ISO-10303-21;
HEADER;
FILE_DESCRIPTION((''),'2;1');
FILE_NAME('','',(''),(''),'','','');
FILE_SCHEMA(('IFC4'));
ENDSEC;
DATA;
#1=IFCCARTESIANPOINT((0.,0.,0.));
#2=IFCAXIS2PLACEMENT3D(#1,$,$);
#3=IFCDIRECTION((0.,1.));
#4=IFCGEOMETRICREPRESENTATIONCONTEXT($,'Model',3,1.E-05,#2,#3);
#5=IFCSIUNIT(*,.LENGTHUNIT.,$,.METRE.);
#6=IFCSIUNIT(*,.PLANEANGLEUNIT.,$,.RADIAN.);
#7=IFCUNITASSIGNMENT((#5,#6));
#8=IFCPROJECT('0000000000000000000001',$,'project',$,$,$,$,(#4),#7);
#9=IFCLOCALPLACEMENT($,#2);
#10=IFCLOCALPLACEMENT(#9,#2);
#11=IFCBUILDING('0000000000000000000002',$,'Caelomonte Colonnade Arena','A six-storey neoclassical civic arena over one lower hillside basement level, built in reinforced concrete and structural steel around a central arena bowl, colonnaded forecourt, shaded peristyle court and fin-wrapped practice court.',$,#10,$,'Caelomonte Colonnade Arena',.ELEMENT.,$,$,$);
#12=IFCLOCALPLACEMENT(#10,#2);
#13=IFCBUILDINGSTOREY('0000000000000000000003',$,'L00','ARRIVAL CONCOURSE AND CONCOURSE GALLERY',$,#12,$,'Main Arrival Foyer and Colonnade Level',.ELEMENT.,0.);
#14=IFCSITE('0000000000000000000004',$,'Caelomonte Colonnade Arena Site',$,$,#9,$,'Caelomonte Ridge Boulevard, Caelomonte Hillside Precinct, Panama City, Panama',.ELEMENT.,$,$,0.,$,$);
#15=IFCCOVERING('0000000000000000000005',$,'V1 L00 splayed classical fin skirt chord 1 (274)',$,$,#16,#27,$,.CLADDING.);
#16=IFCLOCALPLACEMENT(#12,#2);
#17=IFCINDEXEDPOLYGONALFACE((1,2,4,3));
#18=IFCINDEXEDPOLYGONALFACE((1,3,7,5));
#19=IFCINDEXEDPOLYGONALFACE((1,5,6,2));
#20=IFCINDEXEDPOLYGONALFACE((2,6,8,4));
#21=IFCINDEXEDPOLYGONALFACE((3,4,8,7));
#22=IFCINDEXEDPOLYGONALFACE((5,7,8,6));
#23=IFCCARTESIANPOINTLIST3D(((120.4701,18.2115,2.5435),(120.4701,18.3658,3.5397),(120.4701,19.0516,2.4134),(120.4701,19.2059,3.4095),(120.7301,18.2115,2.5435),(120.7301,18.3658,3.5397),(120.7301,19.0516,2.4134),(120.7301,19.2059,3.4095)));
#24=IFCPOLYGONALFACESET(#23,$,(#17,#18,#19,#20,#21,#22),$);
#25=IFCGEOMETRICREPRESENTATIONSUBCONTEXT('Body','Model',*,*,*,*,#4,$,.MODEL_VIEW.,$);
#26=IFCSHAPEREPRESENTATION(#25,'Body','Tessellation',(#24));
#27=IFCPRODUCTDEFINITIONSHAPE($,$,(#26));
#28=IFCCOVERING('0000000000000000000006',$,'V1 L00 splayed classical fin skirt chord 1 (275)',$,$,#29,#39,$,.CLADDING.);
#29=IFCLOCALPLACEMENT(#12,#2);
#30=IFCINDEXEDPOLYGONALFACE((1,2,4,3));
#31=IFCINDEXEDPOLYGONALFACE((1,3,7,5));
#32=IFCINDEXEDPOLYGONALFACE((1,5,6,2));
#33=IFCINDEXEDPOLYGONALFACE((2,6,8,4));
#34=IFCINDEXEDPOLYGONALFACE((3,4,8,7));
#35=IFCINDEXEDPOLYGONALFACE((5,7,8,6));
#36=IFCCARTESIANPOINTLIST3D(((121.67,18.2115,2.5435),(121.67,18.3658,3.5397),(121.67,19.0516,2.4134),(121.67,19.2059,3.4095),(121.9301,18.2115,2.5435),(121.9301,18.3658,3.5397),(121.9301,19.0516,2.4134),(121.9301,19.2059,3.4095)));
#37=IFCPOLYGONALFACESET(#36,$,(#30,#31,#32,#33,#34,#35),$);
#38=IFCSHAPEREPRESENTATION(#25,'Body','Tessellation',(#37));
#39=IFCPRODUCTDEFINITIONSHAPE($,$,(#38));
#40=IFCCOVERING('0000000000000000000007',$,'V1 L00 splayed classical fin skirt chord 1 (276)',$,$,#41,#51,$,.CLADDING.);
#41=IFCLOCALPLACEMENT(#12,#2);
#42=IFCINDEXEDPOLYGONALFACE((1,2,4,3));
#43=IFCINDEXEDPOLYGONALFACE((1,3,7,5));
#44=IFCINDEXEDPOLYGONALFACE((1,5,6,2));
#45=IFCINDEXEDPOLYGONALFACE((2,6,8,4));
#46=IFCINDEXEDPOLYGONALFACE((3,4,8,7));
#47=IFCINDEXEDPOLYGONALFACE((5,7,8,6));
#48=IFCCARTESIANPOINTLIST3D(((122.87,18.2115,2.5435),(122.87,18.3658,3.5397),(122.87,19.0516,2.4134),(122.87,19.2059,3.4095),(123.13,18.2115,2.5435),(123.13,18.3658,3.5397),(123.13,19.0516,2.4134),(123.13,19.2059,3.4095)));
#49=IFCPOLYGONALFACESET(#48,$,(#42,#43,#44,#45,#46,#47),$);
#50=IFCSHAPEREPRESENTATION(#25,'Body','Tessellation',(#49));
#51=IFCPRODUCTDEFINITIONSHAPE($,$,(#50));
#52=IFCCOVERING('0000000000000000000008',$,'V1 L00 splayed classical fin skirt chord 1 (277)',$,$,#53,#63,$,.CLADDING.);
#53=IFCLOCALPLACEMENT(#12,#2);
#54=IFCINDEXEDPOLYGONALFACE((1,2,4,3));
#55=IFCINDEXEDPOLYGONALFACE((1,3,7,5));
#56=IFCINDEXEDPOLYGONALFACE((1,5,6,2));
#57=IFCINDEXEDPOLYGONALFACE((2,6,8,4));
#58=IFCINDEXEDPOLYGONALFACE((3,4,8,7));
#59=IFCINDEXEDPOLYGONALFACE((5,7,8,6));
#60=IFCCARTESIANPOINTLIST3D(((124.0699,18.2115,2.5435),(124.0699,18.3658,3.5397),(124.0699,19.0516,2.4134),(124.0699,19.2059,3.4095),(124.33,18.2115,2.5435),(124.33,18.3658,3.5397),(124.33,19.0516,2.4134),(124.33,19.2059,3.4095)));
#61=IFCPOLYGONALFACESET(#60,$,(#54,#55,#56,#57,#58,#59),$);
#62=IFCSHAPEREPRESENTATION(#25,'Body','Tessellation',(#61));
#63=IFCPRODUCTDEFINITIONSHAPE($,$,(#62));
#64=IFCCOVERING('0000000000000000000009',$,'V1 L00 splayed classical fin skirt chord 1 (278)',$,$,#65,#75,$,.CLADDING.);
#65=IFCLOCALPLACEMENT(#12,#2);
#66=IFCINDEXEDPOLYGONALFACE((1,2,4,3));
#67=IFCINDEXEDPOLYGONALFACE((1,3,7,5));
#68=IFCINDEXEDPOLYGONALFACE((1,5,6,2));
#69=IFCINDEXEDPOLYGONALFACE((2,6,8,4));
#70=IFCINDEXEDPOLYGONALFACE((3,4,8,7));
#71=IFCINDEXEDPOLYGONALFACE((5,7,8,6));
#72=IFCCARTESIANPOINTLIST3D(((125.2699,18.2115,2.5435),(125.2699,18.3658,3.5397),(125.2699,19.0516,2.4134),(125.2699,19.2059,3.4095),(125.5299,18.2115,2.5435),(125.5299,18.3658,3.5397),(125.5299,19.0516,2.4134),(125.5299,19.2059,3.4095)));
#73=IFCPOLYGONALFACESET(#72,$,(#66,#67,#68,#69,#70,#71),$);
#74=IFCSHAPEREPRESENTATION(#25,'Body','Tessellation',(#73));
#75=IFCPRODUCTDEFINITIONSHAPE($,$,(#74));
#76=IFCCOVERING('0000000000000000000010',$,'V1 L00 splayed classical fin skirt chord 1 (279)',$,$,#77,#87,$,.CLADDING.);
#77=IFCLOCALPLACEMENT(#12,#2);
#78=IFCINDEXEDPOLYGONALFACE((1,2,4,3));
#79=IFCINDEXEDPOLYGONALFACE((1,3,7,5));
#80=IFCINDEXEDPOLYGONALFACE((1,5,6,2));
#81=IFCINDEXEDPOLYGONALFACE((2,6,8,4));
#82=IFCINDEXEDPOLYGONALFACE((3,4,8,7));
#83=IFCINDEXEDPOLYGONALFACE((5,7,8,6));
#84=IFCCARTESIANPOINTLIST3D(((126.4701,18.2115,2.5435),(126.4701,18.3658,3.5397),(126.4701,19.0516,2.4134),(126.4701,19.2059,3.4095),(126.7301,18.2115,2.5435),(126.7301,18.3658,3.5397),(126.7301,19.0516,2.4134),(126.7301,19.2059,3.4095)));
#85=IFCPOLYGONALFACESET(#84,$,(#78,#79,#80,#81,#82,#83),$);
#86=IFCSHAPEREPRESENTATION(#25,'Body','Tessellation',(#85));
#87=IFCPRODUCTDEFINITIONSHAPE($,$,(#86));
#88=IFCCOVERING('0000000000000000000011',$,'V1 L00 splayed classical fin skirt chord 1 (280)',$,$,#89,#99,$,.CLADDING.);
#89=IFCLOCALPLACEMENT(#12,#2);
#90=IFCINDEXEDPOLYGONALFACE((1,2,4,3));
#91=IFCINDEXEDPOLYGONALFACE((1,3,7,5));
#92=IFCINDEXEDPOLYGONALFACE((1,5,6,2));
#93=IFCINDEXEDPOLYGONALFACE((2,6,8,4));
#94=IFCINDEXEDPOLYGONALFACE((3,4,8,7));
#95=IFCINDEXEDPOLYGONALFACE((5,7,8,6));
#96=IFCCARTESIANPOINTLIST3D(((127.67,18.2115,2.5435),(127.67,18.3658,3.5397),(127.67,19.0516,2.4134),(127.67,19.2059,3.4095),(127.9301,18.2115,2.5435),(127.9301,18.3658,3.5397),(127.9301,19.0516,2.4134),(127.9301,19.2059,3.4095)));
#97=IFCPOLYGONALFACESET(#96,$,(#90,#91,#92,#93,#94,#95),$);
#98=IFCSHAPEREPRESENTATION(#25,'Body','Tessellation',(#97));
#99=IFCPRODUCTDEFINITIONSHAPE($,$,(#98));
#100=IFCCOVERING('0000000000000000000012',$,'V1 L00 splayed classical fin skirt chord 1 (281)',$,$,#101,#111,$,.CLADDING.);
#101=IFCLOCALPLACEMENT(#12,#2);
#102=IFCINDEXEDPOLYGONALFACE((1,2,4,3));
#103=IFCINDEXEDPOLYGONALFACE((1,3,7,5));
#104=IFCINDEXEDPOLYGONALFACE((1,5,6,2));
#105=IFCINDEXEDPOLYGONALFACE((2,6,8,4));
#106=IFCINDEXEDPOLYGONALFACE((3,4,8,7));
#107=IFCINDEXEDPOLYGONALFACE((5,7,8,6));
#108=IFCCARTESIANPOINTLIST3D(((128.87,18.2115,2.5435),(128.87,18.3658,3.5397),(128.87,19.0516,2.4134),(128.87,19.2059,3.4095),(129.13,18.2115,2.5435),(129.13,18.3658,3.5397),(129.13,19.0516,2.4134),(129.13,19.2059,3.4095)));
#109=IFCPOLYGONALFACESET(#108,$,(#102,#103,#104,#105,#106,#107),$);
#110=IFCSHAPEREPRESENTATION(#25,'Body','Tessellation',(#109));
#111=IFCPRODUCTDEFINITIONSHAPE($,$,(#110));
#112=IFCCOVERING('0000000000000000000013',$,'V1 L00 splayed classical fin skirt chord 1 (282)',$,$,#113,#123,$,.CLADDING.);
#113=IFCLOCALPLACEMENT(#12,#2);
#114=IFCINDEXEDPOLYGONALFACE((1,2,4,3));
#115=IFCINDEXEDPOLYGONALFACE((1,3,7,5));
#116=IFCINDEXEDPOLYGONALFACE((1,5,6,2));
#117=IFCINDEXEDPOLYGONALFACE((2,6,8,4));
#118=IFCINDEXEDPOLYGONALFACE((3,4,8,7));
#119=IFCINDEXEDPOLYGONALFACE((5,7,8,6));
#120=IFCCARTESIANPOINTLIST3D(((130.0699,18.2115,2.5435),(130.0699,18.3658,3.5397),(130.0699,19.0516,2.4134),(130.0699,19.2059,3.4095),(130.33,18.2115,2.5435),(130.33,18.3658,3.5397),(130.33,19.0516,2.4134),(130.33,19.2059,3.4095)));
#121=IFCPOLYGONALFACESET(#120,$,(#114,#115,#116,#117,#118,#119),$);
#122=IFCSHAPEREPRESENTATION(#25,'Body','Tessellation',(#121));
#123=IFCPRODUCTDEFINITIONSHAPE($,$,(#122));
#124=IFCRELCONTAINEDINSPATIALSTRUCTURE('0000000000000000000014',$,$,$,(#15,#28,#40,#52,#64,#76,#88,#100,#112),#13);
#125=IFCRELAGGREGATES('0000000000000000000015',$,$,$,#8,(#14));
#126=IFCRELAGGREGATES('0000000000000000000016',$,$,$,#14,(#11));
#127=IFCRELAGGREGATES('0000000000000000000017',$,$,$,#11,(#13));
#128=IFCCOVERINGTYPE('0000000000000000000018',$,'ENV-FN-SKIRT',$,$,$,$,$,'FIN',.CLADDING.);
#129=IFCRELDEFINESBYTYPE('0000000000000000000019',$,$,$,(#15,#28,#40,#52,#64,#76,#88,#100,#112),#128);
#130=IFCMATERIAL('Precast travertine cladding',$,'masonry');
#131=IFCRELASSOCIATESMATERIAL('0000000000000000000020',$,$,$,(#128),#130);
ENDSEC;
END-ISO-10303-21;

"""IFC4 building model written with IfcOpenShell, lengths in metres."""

from ifc_helpers import new_model, si_unit, direction, frame, origin, origin_2d, place, context, subcontext, project, spatial, rectangle, extrude, material, material_profile, profile_set, type_object, element, save


model = new_model("IFC4")

# Units and contexts
model_context = context("Model", 3, precision=1e-05, world=origin(), true_north=direction((0.0, 1.0)))
body_context = subcontext(model_context, "Body", "Model", "MODEL_VIEW")
ifc_project = project(units=[si_unit("LENGTHUNIT", "METRE"), si_unit("PLANEANGLEUNIT", "RADIAN")], contexts=[model_context])

# Site, building, storey
site_placement = place(None, origin())
site = spatial("IfcSite", under=ifc_project, at=site_placement, Name="Caelomonte Colonnade Arena Site", LongName="Caelomonte Ridge Boulevard, Caelomonte Hillside Precinct, Panama City, Panama", CompositionType="ELEMENT", RefElevation=0.0)
building_placement = place(site_placement, origin())
building = spatial("IfcBuilding", under=site, at=building_placement, Name="Caelomonte Colonnade Arena", Description="A six-storey neoclassical civic arena over one lower hillside basement level, built in reinforced concrete and structural steel around a central arena bowl, colonnaded forecourt, shaded peristyle court and fin-wrapped practice court.", LongName="Caelomonte Colonnade Arena", CompositionType="ELEMENT")
storey_placement = place(building_placement, origin())
storey = spatial("IfcBuildingStorey", under=building, at=storey_placement, Name="L00", Description="ARRIVAL CONCOURSE AND CONCOURSE GALLERY", LongName="Main Arrival Foyer and Colonnade Level", CompositionType="ELEMENT", Elevation=0.0)

# Coverings
ifc_material_1 = material(Name="Precast travertine cladding", Category="masonry")
ifc_material_profile_1 = material_profile(ifc_material_1, rectangle(XDim=0.26, YDim=0.8501, at=origin_2d()), Name="FIN260X850")
ifc_profile_set_1 = profile_set([ifc_material_profile_1], Name="Precast travertine cladding")
covering_type = type_object("IfcCoveringType", Name="ENV-FN-SKIRT", ElementType="FIN", PredefinedType="CLADDING", material=ifc_profile_set_1)
for number, where, z_axis, x_axis, name in (
    (1, (120.6001, 18.7859, 3.4746), (0.0, -0.153076, -0.988214), (-1.0, 0.0, 0.0), "V1 L00 splayed classical fin skirt chord 1 (274)"),
    (2, (121.8, 18.7859, 3.4746), (0.0, -0.153076, -0.988214), (-1.0, 0.0, 0.0), "V1 L00 splayed classical fin skirt chord 1 (275)"),
    (3, (123.0, 18.7859, 3.4746), (0.0, -0.153076, -0.988214), (-1.0, 0.0, 0.0), "V1 L00 splayed classical fin skirt chord 1 (276)"),
    (4, (124.2, 18.7859, 3.4746), (0.0, -0.153076, -0.988214), (-1.0, 0.0, 0.0), "V1 L00 splayed classical fin skirt chord 1 (277)"),
    (5, (125.3999, 18.7859, 3.4746), (0.0, -0.153076, -0.988214), (-1.0, 0.0, 0.0), "V1 L00 splayed classical fin skirt chord 1 (278)"),
    (6, (126.6001, 18.7859, 3.4746), (0.0, -0.153076, -0.988214), (-1.0, 0.0, 0.0), "V1 L00 splayed classical fin skirt chord 1 (279)"),
    (7, (127.8, 18.7859, 3.4746), (0.0, -0.153076, -0.988214), (-1.0, 0.0, 0.0), "V1 L00 splayed classical fin skirt chord 1 (280)"),
    (8, (129.0, 18.7859, 3.4746), (0.0, -0.153076, -0.988214), (-1.0, 0.0, 0.0), "V1 L00 splayed classical fin skirt chord 1 (281)"),
    (9, (130.2, 18.7859, 3.4746), (0.0, -0.153076, -0.988214), (-1.0, 0.0, 0.0), "V1 L00 splayed classical fin skirt chord 1 (282)"),
):
    element("IfcCovering", number, at=place(storey_placement, frame(where, z_axis=z_axis, x_axis=x_axis)), inside=storey, type_object=covering_type, Name=name, PredefinedType="CLADDING", context=body_context, shape_type="SweptSolid", body=[
        extrude(rectangle(XDim=0.26, YDim=0.8501, at=origin_2d()), origin(), (0.0, 0.0, 1.0), 1.0081),
    ])

save(model, "model.ifc")
